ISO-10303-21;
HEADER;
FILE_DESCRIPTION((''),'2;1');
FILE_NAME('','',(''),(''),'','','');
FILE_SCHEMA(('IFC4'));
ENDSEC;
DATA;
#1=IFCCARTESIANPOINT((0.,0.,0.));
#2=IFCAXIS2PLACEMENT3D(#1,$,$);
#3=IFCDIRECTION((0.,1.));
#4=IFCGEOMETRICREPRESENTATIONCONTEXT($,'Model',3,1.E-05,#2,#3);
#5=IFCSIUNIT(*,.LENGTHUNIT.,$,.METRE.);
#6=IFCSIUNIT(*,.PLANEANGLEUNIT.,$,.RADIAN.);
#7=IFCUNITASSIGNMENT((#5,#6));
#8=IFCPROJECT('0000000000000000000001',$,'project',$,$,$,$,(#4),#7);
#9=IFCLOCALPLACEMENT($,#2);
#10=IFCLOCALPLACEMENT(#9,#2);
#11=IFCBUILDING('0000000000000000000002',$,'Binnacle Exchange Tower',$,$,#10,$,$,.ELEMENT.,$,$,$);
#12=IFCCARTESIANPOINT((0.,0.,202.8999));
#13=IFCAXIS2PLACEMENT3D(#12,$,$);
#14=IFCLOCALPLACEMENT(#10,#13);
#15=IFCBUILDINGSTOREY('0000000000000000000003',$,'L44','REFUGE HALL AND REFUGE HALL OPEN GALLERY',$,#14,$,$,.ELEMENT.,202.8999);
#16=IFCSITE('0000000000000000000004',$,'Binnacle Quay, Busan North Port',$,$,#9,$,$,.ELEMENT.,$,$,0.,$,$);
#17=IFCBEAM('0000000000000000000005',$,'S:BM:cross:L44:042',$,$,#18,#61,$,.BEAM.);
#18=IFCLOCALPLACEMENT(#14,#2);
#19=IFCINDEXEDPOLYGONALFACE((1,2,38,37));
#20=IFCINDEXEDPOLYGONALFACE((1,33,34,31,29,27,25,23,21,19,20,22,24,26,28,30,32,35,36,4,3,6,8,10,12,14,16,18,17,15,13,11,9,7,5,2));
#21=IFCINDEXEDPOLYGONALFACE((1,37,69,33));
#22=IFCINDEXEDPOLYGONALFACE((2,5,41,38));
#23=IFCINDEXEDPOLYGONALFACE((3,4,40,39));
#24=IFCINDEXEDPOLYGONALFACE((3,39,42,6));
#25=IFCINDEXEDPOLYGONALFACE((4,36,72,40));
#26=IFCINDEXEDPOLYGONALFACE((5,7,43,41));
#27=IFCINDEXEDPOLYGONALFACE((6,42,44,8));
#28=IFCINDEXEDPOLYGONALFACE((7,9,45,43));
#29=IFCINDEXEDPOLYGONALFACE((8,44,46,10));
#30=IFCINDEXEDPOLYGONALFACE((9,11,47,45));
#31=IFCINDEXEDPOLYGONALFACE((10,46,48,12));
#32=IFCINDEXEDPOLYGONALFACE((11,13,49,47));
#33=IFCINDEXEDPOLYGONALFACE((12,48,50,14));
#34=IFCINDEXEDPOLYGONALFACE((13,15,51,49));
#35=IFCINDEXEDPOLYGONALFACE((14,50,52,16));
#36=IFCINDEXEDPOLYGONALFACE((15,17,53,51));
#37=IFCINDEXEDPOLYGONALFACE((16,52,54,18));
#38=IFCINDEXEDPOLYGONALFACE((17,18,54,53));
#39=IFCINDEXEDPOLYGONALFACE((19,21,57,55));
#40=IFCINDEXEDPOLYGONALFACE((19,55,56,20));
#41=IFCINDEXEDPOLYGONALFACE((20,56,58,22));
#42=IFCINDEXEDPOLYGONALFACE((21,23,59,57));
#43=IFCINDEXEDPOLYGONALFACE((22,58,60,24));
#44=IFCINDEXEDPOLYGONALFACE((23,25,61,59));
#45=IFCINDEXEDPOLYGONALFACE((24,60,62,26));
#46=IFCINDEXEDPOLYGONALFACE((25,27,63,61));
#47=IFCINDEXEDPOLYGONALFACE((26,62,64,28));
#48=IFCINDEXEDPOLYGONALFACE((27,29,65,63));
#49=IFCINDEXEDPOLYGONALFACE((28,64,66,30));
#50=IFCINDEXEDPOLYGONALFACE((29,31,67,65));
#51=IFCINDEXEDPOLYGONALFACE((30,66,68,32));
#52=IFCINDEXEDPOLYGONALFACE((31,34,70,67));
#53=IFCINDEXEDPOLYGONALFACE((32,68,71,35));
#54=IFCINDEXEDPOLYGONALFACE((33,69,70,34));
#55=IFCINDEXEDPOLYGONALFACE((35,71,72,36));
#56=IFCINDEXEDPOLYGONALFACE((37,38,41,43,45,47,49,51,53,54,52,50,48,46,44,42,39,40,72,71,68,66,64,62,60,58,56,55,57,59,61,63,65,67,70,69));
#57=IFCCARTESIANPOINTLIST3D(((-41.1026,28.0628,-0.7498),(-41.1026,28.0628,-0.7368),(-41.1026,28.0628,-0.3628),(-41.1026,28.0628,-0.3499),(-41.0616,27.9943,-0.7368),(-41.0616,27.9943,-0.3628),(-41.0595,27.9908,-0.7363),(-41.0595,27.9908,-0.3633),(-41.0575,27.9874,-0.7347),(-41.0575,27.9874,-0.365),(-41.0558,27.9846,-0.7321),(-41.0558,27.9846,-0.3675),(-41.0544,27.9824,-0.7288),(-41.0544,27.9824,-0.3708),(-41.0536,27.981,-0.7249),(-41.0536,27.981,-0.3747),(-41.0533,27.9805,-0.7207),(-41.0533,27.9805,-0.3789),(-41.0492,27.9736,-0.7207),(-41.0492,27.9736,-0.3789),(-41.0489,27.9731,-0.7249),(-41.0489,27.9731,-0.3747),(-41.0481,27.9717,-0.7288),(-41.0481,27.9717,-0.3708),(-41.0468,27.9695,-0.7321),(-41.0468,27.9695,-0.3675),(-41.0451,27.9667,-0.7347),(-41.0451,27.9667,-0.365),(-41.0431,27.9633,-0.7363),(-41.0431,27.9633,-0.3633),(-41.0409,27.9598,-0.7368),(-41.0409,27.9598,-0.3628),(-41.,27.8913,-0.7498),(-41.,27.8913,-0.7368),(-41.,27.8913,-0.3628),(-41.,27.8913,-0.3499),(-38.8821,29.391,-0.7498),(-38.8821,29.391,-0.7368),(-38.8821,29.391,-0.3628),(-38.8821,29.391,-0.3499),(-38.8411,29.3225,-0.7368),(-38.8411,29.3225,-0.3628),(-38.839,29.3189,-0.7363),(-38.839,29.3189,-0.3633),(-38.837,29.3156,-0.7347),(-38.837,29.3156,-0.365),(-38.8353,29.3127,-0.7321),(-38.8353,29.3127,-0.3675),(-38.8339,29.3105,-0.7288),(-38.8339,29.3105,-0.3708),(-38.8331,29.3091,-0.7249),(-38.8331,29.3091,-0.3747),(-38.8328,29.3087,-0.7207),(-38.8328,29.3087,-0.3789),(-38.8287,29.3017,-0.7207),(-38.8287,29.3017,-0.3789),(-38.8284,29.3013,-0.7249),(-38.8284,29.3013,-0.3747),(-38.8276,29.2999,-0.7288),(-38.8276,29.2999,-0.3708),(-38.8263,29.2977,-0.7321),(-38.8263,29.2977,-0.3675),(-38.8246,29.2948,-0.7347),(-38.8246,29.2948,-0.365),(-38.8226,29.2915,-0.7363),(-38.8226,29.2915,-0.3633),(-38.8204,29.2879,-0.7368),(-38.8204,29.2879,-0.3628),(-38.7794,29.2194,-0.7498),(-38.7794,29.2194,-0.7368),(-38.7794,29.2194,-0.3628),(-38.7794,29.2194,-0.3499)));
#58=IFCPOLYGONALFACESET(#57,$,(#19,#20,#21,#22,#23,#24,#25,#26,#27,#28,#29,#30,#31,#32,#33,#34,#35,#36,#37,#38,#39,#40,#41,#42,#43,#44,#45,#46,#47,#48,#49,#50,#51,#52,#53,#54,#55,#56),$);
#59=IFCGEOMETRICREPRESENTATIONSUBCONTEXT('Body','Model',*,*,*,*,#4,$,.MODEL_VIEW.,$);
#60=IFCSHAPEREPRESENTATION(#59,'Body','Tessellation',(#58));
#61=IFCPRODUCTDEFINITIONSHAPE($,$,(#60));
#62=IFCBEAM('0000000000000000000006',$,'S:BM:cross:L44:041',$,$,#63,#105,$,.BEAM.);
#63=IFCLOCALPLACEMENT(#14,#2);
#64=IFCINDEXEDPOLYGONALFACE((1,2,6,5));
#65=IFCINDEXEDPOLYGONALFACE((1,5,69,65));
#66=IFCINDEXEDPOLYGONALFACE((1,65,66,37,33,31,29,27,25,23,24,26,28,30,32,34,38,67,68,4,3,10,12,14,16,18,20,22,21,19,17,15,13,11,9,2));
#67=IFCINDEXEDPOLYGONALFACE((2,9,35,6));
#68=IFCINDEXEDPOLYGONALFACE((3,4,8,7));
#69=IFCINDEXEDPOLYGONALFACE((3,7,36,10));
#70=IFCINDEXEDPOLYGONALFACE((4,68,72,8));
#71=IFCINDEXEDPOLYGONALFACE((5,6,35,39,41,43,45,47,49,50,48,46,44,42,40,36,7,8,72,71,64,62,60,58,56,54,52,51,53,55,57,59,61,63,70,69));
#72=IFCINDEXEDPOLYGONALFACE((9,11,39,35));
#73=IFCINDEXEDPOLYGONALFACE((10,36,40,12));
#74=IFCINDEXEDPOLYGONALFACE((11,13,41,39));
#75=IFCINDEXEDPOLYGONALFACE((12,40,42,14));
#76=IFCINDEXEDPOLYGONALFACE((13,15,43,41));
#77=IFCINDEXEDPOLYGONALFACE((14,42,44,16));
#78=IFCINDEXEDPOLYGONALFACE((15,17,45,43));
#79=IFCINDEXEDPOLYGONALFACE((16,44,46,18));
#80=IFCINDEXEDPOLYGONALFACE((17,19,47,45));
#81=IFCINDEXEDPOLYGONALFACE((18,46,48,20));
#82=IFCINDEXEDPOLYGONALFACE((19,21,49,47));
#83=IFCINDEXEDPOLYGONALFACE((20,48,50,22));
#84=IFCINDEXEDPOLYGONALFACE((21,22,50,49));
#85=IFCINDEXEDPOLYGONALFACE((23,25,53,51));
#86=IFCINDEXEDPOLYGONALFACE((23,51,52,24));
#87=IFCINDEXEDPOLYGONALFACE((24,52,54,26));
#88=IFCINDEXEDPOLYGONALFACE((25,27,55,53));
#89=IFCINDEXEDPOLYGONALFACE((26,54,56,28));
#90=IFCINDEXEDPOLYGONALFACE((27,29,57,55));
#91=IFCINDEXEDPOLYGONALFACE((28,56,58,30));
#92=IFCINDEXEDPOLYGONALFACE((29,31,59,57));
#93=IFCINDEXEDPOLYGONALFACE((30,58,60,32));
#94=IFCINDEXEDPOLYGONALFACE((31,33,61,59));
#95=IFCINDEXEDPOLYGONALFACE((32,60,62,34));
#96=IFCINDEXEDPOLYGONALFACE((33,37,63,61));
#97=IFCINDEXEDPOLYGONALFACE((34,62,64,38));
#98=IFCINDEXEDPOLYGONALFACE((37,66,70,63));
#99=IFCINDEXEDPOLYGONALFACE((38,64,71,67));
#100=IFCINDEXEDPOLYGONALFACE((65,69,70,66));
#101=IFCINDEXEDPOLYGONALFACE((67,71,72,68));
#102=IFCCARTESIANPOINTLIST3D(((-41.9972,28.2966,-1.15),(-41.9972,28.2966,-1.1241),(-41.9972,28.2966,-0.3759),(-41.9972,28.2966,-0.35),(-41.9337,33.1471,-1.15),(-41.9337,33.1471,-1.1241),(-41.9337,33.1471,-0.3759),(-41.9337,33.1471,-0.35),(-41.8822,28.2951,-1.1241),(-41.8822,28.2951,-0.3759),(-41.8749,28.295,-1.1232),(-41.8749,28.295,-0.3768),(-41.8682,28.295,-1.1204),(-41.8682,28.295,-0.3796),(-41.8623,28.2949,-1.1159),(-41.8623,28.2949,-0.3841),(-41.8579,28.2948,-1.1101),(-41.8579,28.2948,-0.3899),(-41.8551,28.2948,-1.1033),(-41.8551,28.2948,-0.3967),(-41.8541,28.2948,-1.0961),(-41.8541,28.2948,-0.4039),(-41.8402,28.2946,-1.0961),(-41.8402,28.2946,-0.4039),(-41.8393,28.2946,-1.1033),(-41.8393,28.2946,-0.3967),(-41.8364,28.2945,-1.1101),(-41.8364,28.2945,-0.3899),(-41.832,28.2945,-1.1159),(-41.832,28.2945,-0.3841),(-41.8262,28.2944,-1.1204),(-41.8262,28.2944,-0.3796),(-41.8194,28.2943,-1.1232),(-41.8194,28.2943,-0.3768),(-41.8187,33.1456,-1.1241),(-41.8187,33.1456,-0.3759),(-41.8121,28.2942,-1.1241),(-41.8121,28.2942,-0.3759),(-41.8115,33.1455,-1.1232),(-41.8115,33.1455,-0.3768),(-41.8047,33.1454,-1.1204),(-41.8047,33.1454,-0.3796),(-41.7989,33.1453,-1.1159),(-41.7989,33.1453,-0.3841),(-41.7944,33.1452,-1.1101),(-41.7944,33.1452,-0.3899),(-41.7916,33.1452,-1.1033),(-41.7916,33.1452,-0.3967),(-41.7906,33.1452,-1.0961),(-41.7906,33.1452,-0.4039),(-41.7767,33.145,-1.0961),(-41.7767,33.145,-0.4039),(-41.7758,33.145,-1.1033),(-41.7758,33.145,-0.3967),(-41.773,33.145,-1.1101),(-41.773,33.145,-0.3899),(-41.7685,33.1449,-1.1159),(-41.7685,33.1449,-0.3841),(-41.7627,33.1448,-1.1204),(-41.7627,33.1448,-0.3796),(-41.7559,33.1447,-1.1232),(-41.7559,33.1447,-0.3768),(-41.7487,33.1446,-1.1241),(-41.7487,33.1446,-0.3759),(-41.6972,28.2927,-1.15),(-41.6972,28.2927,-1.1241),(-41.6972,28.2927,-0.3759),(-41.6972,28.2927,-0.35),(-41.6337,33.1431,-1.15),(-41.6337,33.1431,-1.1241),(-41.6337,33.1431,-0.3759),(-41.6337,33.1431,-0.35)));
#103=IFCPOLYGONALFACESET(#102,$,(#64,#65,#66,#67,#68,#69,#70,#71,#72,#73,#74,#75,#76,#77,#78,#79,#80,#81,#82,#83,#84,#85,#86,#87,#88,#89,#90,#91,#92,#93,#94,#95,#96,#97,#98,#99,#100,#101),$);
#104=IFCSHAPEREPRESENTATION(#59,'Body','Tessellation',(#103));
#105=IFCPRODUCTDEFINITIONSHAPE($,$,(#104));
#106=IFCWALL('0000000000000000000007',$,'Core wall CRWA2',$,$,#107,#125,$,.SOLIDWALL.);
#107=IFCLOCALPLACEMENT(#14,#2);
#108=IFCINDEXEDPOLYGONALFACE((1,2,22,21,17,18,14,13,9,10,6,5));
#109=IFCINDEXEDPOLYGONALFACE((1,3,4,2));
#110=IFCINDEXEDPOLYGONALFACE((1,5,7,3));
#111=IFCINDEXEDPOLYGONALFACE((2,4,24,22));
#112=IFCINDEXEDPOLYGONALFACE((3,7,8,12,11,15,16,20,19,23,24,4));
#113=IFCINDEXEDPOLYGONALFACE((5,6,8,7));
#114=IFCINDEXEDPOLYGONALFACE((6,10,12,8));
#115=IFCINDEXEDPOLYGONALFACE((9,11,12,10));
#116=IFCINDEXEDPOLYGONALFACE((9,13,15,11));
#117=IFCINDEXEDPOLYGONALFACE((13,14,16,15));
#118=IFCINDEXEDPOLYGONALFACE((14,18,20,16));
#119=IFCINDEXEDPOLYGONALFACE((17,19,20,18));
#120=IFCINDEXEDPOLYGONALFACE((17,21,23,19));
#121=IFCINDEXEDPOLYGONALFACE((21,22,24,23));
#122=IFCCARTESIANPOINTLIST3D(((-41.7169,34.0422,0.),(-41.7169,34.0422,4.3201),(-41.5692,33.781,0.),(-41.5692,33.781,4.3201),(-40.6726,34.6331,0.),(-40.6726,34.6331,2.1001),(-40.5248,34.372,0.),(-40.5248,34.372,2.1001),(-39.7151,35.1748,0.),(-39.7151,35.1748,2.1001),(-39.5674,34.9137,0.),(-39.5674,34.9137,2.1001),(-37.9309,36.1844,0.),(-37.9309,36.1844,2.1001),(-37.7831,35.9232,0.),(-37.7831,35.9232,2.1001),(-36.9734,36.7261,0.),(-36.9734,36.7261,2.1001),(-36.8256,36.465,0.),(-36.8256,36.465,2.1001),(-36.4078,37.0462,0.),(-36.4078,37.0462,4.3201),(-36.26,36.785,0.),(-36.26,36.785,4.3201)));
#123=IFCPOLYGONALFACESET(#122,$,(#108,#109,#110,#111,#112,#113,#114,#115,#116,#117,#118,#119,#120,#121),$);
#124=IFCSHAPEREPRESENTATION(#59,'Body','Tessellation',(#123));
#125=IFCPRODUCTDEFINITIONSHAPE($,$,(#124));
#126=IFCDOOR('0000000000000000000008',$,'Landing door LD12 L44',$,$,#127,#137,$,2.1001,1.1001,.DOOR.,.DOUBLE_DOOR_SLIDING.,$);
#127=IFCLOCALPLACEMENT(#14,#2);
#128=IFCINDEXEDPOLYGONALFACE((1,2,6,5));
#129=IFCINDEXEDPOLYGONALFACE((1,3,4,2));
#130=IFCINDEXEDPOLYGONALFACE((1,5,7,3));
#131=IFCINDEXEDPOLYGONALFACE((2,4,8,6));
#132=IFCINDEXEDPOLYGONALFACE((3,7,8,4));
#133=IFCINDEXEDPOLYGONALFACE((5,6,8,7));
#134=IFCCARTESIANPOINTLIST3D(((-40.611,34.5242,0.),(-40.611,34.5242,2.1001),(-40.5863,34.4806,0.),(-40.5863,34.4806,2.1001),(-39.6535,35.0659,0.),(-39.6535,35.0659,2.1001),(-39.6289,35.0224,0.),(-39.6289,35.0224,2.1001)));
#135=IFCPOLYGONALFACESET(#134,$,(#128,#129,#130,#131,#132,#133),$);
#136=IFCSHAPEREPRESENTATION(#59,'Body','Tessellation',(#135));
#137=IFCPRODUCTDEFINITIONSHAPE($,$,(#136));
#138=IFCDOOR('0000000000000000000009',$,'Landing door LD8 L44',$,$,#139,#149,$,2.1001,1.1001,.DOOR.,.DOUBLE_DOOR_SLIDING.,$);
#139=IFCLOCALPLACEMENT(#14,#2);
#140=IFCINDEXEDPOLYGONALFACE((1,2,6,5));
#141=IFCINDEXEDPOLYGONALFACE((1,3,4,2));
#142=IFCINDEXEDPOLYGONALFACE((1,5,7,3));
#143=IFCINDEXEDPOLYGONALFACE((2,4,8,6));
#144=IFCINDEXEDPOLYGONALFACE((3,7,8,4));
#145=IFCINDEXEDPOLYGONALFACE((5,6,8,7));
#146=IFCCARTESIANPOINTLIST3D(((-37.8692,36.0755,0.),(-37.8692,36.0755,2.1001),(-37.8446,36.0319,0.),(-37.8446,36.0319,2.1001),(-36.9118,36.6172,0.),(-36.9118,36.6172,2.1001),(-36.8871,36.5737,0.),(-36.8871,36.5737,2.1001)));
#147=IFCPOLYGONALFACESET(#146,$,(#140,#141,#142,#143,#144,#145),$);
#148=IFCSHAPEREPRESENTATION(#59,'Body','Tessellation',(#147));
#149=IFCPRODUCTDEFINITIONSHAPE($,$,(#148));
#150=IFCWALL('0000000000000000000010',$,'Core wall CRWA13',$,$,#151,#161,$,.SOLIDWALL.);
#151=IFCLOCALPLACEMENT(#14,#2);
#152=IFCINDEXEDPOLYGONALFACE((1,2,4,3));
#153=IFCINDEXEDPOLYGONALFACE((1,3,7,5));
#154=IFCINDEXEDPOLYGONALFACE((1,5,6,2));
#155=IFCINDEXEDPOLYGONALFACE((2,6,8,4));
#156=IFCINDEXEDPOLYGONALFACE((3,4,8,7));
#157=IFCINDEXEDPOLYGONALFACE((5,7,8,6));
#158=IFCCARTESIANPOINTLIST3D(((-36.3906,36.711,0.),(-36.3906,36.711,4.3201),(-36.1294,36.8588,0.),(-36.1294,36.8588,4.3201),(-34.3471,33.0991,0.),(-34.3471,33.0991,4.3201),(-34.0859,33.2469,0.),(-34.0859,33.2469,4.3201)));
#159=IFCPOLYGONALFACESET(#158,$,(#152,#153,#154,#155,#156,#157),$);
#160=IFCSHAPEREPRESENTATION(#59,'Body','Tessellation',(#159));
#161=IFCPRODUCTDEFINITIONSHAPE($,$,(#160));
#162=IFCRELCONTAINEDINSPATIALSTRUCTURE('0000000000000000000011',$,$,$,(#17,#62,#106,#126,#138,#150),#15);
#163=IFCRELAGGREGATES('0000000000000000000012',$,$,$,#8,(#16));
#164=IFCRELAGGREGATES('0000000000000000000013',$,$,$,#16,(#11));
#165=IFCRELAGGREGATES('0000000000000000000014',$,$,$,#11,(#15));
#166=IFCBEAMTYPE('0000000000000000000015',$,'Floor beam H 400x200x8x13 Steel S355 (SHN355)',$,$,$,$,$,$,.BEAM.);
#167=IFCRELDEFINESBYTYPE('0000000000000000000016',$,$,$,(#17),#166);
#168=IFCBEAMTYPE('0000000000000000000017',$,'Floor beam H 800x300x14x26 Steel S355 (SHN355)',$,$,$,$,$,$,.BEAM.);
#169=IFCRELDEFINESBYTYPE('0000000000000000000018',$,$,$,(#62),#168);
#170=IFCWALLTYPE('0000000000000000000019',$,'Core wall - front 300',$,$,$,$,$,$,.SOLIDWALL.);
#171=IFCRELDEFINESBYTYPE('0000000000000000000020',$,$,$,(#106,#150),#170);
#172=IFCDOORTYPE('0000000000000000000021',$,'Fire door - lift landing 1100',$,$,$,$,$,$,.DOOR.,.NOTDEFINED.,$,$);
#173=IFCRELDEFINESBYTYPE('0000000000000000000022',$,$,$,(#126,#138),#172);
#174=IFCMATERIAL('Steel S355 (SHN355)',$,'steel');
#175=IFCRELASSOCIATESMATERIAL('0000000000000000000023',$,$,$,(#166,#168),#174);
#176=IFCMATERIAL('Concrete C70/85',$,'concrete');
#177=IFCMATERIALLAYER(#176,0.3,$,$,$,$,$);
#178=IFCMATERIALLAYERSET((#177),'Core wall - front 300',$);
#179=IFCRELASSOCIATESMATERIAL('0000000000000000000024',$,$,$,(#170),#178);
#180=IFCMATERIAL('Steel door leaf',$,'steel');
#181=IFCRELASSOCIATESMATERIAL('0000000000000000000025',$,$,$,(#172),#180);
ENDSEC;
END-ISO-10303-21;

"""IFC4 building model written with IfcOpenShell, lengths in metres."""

from ifc_helpers import new_model, si_unit, direction, frame, frame_2d, origin, origin_2d, place, context, subcontext, project, spatial, rectangle, i_section, extrude, material, layer, layer_set, material_profile, profile_set, type_object, element, fill, save


model = new_model("IFC4")

# Units and contexts
model_context = context("Model", 3, precision=1e-05, world=origin(), true_north=direction((0.0, 1.0)))
body_context = subcontext(model_context, "Body", "Model", "MODEL_VIEW")
ifc_project = project(units=[si_unit("LENGTHUNIT", "METRE"), si_unit("PLANEANGLEUNIT", "RADIAN")], contexts=[model_context])

# Site, building, storey
site_placement = place(None, origin())
site = spatial("IfcSite", under=ifc_project, at=site_placement, Name="Binnacle Quay, Busan North Port", CompositionType="ELEMENT", RefElevation=0.0)
building_placement = place(site_placement, origin())
building = spatial("IfcBuilding", under=site, at=building_placement, Name="Binnacle Exchange Tower", CompositionType="ELEMENT")
storey_placement = place(building_placement, frame((0.0, 0.0, 202.8999)))
storey = spatial("IfcBuildingStorey", under=building, at=storey_placement, Name="L44", Description="REFUGE HALL AND REFUGE HALL OPEN GALLERY", CompositionType="ELEMENT", Elevation=202.8999)

# Shared definitions
ifc_material_1 = material(Name="Concrete C70/85", Category="concrete")

# Beams
ifc_material_2 = material(Name="Steel S355 (SHN355)", Category="steel")
ifc_material_profile_1 = material_profile(ifc_material_2, i_section(OverallWidth=0.2, OverallDepth=0.3999, WebThickness=0.0081, FlangeThickness=0.0129, FilletRadius=0.0161, at=origin_2d()), Name="H 400x200x8x13")
ifc_profile_set_1 = profile_set([ifc_material_profile_1], Name="Steel S355 (SHN355)")
beam_type_1 = type_object("IfcBeamType", Name="Floor beam H 400x200x8x13 Steel S355 (SHN355)", PredefinedType="BEAM", material=ifc_profile_set_1)
beam_1_placement = place(storey_placement, frame((-41.0513, 27.9771, -0.5498), z_axis=(0.8582, 0.513316, 0.0), x_axis=(-0.513316, 0.8582, 0.0)))
element("IfcBeam", 1, at=beam_1_placement, inside=storey, type_object=beam_type_1, Name="S:BM:cross:L44:042", PredefinedType="BEAM", context=body_context, shape_type="SweptSolid", body=[
    extrude(i_section(OverallWidth=0.2, OverallDepth=0.3999, WebThickness=0.0081, FlangeThickness=0.0129, FilletRadius=0.0161, at=origin_2d()), origin(), (0.0, 0.0, 1.0), 2.5874),
])
ifc_material_profile_2 = material_profile(ifc_material_2, i_section(OverallWidth=0.3, OverallDepth=0.8, WebThickness=0.0139, FlangeThickness=0.0259, FilletRadius=0.0281, at=origin_2d()), Name="H 800x300x14x26")
ifc_profile_set_2 = profile_set([ifc_material_profile_2], Name="Steel S355 (SHN355)")
beam_type_2 = type_object("IfcBeamType", Name="Floor beam H 800x300x14x26 Steel S355 (SHN355)", PredefinedType="BEAM", material=ifc_profile_set_2)
beam_2_placement = place(storey_placement, frame((-41.8472, 28.2947, -0.75), z_axis=(0.013086, 0.999914, 0.0), x_axis=(-0.999914, 0.013086, 0.0)))
element("IfcBeam", 2, at=beam_2_placement, inside=storey, type_object=beam_type_2, Name="S:BM:cross:L44:041", PredefinedType="BEAM", context=body_context, shape_type="SweptSolid", body=[
    extrude(i_section(OverallWidth=0.3, OverallDepth=0.8, WebThickness=0.0139, FlangeThickness=0.0259, FilletRadius=0.0281, at=origin_2d()), origin(), (0.0, 0.0, 1.0), 4.8508),
])

# Wall, openings, doors
ifc_layer_1 = layer(ifc_material_1, 0.3)
ifc_layer_set_1 = layer_set([ifc_layer_1], Name="Core wall - front 300")
wall_type_1 = type_object("IfcWallType", Name="Core wall - front 300", PredefinedType="SOLIDWALL", material=ifc_layer_set_1)
wall_1_placement = place(storey_placement, frame((-41.6431, 33.9116, 0.0), z_axis=(0.0, 0.0, 1.0), x_axis=(0.870344, 0.492445, 0.0)))
wall_1 = element("IfcWall", 3, at=wall_1_placement, inside=storey, type_object=wall_type_1, Name="Core wall CRWA2", PredefinedType="SOLIDWALL", context=body_context, shape_type="SweptSolid", body=[
    extrude(rectangle(XDim=6.1001, YDim=0.3, at=frame_2d((3.05, 0.0))), origin(), (0.0, 0.0, 1.0), 4.3201),
])
opening_1_placement = place(wall_1_placement, frame((1.2, 0.0, 0.0)))
opening_1 = element("IfcOpeningElement", 4, at=opening_1_placement, cuts=wall_1, PredefinedType="OPENING", context=body_context, shape_type="SweptSolid", body=[
    extrude(rectangle(XDim=1.1001, YDim=2.1001, at=frame_2d((0.55, 1.05))), frame((0.0, 0.1599, 0.0), z_axis=(0.0, -1.0, 0.0), x_axis=(1.0, 0.0, 0.0)), (0.0, 0.0, 1.0), 0.3201),
])
opening_2_placement = place(wall_1_placement, frame((4.3501, 0.0, 0.0)))
opening_2 = element("IfcOpeningElement", 5, at=opening_2_placement, cuts=wall_1, PredefinedType="OPENING", context=body_context, shape_type="SweptSolid", body=[
    extrude(rectangle(XDim=1.1001, YDim=2.1001, at=frame_2d((0.55, 1.05))), frame((0.0, 0.1599, 0.0), z_axis=(0.0, -1.0, 0.0), x_axis=(1.0, 0.0, 0.0)), (0.0, 0.0, 1.0), 0.3201),
])
ifc_material_3 = material(Name="Steel door leaf", Category="steel")
door_type_1 = type_object("IfcDoorType", Name="Fire door - lift landing 1100", OperationType="NOTDEFINED", PredefinedType="DOOR", material=ifc_material_3)
door_1_placement = place(opening_1_placement, origin())
door_1 = element("IfcDoor", 6, at=door_1_placement, inside=storey, type_object=door_type_1, Name="Landing door LD12 L44", OperationType="DOUBLE_DOOR_SLIDING", OverallHeight=2.1001, OverallWidth=1.1001, PredefinedType="DOOR", context=body_context, shape_type="SweptSolid", body=[
    extrude(rectangle(XDim=1.1001, YDim=2.1001, at=frame_2d((0.55, 1.05))), frame((0.0, 0.0249, 0.0), z_axis=(0.0, -1.0, 0.0), x_axis=(1.0, 0.0, 0.0)), (0.0, 0.0, 1.0), 0.05),
])
fill(opening_1, door_1)
door_2_placement = place(opening_2_placement, origin())
door_2 = element("IfcDoor", 7, at=door_2_placement, inside=storey, type_object=door_type_1, Name="Landing door LD8 L44", OperationType="DOUBLE_DOOR_SLIDING", OverallHeight=2.1001, OverallWidth=1.1001, PredefinedType="DOOR", context=body_context, shape_type="SweptSolid", body=[
    extrude(rectangle(XDim=1.1001, YDim=2.1001, at=frame_2d((0.55, 1.05))), frame((0.0, 0.0249, 0.0), z_axis=(0.0, -1.0, 0.0), x_axis=(1.0, 0.0, 0.0)), (0.0, 0.0, 1.0), 0.05),
])
fill(opening_2, door_2)

# Wall
wall_2_placement = place(storey_placement, frame((-36.26, 36.7849, 0.0), z_axis=(0.0, 0.0, 1.0), x_axis=(0.492422, -0.870357, 0.0)))
element("IfcWall", 8, at=wall_2_placement, inside=storey, type_object=wall_type_1, Name="Core wall CRWA13", PredefinedType="SOLIDWALL", context=body_context, shape_type="SweptSolid", body=[
    extrude(rectangle(XDim=4.1499, YDim=0.3, at=frame_2d((2.075, 0.0))), origin(), (0.0, 0.0, 1.0), 4.3201),
])

save(model, "model.ifc")
